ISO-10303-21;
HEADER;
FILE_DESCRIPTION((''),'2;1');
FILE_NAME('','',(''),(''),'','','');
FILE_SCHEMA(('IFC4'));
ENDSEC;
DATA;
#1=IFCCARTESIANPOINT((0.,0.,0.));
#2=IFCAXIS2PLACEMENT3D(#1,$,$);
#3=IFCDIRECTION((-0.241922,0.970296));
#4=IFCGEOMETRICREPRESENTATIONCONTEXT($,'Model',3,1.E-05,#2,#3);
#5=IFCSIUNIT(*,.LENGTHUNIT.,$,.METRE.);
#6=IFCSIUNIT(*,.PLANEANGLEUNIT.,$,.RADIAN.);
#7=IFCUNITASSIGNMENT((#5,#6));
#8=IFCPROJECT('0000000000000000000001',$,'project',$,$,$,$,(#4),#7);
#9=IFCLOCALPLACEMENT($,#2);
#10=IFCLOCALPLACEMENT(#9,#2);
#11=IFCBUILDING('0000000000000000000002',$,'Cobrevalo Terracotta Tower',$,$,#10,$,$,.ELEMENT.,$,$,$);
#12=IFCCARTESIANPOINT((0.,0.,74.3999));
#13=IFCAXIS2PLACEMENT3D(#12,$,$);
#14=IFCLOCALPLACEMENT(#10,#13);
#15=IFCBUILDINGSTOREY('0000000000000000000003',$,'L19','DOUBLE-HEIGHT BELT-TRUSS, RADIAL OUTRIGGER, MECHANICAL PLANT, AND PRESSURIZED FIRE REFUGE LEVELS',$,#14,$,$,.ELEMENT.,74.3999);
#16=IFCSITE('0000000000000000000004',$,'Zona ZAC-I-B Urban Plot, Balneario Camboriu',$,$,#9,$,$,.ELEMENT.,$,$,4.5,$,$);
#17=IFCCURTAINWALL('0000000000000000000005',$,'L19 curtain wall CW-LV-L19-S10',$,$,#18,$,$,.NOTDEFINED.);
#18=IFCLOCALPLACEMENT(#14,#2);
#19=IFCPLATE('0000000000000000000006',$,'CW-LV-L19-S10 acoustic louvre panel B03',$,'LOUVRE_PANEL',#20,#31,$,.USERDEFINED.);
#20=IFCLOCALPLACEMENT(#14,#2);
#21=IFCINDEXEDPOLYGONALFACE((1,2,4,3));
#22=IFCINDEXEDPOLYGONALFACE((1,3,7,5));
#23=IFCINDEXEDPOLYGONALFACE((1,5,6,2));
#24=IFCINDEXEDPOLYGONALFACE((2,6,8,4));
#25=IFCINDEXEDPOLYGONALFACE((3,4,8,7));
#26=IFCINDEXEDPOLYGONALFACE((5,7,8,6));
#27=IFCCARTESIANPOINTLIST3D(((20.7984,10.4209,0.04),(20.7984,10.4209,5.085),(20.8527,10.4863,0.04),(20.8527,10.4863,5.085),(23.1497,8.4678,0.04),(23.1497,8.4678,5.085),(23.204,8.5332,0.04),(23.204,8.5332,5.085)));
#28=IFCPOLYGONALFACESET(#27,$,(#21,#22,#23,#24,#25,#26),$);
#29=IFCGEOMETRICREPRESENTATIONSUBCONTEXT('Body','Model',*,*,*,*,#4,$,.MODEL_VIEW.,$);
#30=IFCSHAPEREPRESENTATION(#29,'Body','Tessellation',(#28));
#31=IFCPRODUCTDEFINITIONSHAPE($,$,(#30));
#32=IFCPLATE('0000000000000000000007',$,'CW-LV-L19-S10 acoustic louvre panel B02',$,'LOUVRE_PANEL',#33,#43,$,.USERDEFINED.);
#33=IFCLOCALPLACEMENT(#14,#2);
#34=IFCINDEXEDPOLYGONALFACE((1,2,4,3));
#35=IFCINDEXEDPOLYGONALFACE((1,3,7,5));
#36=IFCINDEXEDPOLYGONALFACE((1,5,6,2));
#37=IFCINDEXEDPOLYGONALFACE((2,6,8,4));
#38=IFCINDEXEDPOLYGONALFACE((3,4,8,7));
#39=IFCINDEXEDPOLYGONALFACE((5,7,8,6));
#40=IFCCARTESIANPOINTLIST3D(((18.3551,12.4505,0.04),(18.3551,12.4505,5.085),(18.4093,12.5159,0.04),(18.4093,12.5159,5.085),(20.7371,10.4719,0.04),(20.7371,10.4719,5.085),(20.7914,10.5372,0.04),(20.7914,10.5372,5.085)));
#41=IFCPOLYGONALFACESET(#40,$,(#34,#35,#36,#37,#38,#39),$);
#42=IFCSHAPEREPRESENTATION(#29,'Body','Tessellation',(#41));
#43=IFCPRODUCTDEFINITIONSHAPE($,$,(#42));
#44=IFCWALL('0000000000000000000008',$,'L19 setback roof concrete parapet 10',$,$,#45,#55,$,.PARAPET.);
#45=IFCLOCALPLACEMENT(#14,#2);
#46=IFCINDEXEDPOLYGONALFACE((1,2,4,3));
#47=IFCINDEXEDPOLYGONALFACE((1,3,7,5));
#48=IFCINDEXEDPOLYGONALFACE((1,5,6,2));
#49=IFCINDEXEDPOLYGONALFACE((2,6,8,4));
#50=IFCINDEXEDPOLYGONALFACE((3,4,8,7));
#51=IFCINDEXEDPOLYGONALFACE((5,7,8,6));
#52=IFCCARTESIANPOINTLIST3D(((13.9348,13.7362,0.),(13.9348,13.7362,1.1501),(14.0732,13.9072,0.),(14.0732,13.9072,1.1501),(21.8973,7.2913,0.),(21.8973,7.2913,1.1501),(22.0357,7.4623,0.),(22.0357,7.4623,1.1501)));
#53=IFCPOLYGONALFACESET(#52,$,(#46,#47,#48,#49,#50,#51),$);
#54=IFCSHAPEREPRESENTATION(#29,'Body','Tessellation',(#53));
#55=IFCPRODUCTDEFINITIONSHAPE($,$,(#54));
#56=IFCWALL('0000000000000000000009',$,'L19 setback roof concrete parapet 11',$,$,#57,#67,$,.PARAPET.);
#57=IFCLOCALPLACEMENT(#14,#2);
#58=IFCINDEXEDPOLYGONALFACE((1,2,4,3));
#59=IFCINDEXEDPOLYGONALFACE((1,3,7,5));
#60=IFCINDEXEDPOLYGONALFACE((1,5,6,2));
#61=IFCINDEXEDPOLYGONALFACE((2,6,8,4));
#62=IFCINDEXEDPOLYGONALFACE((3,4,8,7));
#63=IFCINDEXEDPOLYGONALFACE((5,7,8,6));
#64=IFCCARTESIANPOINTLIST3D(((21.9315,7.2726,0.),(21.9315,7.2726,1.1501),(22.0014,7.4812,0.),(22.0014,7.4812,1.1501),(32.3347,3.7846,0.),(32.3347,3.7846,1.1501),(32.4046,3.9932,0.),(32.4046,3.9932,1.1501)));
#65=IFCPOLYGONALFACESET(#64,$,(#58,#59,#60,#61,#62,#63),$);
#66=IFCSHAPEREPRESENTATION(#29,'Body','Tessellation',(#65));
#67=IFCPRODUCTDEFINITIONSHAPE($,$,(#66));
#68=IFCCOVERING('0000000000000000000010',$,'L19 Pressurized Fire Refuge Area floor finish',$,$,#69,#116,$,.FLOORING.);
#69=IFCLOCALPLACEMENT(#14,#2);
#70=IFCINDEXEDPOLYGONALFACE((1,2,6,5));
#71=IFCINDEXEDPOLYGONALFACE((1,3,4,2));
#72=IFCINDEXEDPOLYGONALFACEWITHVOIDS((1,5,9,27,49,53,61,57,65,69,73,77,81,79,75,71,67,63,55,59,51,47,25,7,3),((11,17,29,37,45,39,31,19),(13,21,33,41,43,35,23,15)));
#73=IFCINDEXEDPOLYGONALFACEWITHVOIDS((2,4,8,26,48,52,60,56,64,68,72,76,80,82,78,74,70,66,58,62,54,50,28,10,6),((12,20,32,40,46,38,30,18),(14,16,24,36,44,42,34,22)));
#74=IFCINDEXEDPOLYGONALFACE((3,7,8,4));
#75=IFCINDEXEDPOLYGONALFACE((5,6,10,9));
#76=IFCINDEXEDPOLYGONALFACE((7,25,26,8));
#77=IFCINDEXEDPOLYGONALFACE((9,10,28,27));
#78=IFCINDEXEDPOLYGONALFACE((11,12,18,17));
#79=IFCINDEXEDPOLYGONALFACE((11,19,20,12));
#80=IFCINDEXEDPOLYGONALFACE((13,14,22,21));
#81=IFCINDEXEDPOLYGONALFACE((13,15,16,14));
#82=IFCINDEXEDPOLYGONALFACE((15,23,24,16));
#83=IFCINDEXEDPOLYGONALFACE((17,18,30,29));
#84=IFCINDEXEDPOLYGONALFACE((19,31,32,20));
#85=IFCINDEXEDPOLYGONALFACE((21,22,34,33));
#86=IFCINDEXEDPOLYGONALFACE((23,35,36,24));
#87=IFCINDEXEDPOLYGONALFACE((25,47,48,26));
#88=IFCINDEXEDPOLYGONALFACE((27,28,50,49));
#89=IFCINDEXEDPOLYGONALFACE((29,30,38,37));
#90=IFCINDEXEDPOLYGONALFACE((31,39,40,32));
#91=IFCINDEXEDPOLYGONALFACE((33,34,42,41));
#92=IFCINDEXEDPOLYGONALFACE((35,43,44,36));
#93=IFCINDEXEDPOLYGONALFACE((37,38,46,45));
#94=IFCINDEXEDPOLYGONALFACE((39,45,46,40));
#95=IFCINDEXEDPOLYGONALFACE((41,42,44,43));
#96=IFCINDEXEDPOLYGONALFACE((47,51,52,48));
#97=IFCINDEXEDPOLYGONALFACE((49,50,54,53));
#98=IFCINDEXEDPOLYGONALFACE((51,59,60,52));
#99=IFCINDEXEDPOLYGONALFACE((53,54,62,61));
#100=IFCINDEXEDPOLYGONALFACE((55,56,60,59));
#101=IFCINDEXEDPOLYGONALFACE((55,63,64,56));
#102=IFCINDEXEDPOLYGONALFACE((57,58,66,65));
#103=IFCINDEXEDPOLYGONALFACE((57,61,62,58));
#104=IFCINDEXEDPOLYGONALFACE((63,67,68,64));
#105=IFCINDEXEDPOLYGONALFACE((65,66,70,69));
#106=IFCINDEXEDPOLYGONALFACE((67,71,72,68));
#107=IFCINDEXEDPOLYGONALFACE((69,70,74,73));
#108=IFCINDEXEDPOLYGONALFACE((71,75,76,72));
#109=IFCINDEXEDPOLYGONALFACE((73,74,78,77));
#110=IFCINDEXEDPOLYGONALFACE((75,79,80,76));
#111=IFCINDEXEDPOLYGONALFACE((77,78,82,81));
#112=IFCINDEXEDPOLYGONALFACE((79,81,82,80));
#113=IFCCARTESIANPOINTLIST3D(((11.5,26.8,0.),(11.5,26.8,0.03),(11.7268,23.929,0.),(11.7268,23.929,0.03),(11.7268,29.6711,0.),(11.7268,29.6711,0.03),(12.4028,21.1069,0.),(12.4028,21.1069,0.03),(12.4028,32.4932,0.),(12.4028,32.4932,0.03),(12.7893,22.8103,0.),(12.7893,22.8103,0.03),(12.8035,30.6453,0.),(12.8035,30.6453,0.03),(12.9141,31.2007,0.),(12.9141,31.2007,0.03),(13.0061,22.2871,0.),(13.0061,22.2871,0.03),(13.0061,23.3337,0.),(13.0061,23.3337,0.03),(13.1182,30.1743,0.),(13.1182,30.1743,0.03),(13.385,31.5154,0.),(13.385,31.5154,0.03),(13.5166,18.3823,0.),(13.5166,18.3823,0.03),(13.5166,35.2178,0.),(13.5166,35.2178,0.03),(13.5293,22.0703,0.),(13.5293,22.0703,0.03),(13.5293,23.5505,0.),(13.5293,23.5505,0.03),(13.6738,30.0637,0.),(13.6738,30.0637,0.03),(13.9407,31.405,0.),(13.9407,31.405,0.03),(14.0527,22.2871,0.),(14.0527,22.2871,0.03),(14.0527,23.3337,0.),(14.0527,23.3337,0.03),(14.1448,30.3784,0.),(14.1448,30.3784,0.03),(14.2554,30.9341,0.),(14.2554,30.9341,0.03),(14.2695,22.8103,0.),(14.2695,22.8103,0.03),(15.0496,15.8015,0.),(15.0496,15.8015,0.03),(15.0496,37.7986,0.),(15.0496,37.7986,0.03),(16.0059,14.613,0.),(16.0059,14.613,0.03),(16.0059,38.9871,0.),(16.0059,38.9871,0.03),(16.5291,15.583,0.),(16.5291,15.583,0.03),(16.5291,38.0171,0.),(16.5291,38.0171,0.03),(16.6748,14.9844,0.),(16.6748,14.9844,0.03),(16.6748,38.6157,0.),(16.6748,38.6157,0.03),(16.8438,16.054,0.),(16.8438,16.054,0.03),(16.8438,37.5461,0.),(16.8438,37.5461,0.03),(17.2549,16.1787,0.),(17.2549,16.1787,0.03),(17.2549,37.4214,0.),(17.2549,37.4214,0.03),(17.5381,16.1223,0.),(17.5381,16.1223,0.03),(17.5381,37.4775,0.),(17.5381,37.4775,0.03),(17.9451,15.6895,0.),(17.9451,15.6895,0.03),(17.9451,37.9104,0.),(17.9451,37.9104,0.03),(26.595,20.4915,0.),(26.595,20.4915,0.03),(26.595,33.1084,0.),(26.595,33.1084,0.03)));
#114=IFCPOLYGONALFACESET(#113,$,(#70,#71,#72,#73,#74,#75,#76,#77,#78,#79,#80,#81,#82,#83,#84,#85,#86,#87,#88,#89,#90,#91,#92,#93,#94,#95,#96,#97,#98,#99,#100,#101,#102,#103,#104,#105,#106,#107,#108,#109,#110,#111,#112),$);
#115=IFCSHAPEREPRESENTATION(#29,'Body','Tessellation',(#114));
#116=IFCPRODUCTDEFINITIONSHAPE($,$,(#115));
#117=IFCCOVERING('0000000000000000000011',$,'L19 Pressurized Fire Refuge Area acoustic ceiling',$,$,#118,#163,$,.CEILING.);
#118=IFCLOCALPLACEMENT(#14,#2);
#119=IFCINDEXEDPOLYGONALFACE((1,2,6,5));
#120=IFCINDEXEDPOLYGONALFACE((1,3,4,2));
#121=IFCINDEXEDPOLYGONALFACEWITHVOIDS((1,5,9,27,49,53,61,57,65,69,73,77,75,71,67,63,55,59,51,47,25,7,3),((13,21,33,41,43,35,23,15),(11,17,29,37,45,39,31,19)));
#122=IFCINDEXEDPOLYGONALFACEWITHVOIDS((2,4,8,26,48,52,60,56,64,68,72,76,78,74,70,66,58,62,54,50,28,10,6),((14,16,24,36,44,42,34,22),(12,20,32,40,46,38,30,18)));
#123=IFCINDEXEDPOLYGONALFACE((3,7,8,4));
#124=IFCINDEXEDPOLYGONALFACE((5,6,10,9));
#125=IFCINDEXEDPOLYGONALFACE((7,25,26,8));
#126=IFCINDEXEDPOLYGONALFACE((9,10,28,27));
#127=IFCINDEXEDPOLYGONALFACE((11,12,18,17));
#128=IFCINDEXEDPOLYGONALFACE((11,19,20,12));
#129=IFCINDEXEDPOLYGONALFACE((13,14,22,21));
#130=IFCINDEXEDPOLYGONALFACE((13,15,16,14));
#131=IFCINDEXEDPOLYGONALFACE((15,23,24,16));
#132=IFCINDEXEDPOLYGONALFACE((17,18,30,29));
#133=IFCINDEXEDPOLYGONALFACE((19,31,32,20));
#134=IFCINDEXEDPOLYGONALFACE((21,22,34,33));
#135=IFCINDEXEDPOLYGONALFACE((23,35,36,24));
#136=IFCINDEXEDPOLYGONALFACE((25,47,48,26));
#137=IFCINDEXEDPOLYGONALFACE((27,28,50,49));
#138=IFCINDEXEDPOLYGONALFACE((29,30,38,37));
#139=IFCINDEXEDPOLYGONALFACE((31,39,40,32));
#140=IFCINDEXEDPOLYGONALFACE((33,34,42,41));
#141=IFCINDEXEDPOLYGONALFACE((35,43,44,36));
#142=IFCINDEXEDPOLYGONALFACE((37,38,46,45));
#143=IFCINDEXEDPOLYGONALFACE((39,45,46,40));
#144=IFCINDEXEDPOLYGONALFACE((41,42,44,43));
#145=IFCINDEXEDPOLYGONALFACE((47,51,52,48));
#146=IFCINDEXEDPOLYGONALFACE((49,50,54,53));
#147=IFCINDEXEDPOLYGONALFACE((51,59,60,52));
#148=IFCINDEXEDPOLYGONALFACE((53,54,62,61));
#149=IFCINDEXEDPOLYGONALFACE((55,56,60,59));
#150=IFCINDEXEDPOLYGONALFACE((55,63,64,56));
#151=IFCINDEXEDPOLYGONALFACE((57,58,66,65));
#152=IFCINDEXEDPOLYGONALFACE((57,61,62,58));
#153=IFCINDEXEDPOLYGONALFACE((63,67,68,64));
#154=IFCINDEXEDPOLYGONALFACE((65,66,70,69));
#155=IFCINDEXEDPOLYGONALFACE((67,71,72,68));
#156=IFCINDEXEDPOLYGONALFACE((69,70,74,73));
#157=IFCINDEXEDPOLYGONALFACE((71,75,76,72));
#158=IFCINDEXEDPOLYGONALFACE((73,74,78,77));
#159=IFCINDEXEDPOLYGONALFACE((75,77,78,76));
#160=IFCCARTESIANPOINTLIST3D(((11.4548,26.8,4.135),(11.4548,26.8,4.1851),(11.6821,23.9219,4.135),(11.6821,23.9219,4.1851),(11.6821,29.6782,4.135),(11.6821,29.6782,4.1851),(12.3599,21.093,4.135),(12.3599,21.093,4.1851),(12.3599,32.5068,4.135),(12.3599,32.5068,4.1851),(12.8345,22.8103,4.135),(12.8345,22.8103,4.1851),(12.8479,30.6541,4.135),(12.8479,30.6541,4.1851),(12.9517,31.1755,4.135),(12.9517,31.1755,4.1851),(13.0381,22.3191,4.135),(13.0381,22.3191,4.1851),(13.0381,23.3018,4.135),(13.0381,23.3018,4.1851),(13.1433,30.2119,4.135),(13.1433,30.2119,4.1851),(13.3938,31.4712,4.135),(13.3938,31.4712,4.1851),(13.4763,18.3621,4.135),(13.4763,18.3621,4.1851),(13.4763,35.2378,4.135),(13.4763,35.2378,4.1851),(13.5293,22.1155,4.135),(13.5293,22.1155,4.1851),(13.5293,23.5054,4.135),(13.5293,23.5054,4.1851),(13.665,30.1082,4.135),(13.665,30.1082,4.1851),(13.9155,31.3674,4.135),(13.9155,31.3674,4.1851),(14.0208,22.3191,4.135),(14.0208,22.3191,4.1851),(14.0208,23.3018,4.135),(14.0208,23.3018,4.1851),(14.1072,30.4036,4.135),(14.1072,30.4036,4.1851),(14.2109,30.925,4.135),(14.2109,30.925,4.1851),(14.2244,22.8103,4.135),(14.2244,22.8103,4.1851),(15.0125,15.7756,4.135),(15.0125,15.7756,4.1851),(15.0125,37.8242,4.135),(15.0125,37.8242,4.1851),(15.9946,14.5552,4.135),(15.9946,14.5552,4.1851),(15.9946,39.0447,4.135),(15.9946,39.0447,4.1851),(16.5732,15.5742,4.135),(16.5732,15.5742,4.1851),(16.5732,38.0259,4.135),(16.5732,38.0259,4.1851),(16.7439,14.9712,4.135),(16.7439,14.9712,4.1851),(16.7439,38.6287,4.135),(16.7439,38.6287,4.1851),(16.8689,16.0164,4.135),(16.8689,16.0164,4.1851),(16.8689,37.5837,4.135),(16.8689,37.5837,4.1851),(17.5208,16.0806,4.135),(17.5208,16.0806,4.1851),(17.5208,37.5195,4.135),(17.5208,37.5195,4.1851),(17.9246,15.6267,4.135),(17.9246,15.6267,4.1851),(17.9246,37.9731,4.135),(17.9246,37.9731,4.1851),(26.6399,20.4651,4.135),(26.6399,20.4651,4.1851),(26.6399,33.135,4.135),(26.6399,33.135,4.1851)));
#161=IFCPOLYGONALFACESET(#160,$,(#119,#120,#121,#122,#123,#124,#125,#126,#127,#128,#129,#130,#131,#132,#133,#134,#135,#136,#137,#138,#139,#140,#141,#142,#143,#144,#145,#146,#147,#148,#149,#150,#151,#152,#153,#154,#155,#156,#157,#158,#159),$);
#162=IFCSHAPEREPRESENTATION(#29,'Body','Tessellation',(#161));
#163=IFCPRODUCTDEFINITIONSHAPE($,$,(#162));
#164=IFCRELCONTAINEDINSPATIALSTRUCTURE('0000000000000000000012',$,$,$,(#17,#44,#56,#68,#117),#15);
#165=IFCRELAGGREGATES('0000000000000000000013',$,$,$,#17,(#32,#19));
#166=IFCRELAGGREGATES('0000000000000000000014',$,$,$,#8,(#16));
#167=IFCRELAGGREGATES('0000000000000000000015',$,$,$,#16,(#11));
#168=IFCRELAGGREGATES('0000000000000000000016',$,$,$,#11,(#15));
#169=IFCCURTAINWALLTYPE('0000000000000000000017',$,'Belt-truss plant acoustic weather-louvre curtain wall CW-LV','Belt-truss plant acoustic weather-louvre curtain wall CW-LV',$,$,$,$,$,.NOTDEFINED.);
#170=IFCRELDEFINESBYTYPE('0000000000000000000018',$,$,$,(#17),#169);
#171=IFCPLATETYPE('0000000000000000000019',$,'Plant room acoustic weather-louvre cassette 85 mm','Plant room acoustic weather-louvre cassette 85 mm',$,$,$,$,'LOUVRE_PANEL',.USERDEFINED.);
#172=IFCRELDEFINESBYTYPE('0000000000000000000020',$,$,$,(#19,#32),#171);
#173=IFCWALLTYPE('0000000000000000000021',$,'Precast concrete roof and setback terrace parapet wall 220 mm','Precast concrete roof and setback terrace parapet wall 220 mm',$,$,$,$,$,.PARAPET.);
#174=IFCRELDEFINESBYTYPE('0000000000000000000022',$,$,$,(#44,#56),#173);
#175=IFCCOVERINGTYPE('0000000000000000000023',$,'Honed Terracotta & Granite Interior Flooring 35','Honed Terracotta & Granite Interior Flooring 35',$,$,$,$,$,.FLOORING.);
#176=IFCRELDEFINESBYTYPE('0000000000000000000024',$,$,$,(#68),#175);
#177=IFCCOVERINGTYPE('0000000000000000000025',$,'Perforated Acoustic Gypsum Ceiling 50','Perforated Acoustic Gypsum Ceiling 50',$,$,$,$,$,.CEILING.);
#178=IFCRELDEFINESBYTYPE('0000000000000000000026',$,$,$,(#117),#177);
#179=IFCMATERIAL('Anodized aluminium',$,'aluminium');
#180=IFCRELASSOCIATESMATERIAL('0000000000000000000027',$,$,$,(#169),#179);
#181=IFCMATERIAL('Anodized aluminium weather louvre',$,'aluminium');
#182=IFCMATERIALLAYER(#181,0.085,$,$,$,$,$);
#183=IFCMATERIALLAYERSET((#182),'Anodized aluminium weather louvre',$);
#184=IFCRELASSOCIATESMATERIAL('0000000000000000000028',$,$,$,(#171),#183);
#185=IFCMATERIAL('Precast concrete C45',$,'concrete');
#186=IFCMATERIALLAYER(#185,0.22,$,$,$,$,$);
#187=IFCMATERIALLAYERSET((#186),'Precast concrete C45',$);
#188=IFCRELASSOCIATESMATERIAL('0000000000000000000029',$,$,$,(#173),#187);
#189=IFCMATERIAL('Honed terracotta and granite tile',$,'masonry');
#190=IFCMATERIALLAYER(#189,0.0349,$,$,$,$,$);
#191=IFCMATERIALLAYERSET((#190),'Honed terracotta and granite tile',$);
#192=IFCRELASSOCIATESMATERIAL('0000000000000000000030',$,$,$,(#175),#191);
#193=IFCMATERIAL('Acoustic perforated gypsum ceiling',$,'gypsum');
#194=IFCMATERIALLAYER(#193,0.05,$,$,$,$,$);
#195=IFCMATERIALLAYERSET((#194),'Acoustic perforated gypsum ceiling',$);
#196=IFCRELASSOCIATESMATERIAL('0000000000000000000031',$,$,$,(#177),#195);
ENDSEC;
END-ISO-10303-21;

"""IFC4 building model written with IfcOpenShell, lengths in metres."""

from ifc_helpers import new_model, si_unit, direction, frame, frame_2d, origin, origin_2d, place, context, subcontext, project, spatial, polyline, rectangle, outline, extrude, source, transform, mapped, material, layer, layer_set, type_object, element, aggregate, save


model = new_model("IFC4")

# Units and contexts
model_context = context("Model", 3, precision=1e-05, world=origin(), true_north=direction((-0.241922, 0.970296)))
body_context = subcontext(model_context, "Body", "Model", "MODEL_VIEW")
ifc_project = project(units=[si_unit("LENGTHUNIT", "METRE"), si_unit("PLANEANGLEUNIT", "RADIAN")], contexts=[model_context])

# Site, building, storey
site_placement = place(None, origin())
site = spatial("IfcSite", under=ifc_project, at=site_placement, Name="Zona ZAC-I-B Urban Plot, Balneario Camboriu", CompositionType="ELEMENT", RefElevation=4.5)
building_placement = place(site_placement, origin())
building = spatial("IfcBuilding", under=site, at=building_placement, Name="Cobrevalo Terracotta Tower", CompositionType="ELEMENT")
storey_placement = place(building_placement, frame((0.0, 0.0, 74.3999)))
storey = spatial("IfcBuildingStorey", under=building, at=storey_placement, Name="L19", Description="DOUBLE-HEIGHT BELT-TRUSS, RADIAL OUTRIGGER, MECHANICAL PLANT, AND PRESSURIZED FIRE REFUGE LEVELS", CompositionType="ELEMENT", Elevation=74.3999)

# Shared definitions
ifc_material_1 = material(Name="Anodized aluminium", Category="aluminium")
curtain_wall_type = type_object("IfcCurtainWallType", Name="Belt-truss plant acoustic weather-louvre curtain wall CW-LV", Description="Belt-truss plant acoustic weather-louvre curtain wall CW-LV", PredefinedType="NOTDEFINED", material=ifc_material_1)

# Curtain wall
curtain_wall_1_placement = place(storey_placement, origin())
curtain_wall_1 = element("IfcCurtainWall", 1, at=curtain_wall_1_placement, inside=storey, type_object=curtain_wall_type, Name="L19 curtain wall CW-LV-L19-S10", PredefinedType="NOTDEFINED")

# Plates
ifc_material_2 = material(Name="Anodized aluminium weather louvre", Category="aluminium")
ifc_layer_1 = layer(ifc_material_2, 0.085)
ifc_layer_set_1 = layer_set([ifc_layer_1], Name="Anodized aluminium weather louvre")
plate_type_1 = type_object("IfcPlateType", Name="Plant room acoustic weather-louvre cassette 85 mm", Description="Plant room acoustic weather-louvre cassette 85 mm", ElementType="LOUVRE_PANEL", PredefinedType="USERDEFINED", material=ifc_layer_set_1)
shared_shape_1 = source(origin(), body_context, "Body", "SweptSolid", [
    extrude(rectangle(XDim=3.0566, YDim=0.085, at=origin_2d()), origin(), (0.0, 0.0, 1.0), 5.0449),
])
plate_1_placement = place(storey_placement, frame((22.0012, 9.4771, 0.04), z_axis=(0.0, 0.0, 1.0), x_axis=(0.769241, -0.638958, 0.0)))
plate_1 = element("IfcPlate", 2, at=plate_1_placement, type_object=plate_type_1, Name="CW-LV-L19-S10 acoustic louvre panel B03", ObjectType="LOUVRE_PANEL", PredefinedType="USERDEFINED", context=body_context, shape_type="MappedRepresentation", body=[
    mapped(shared_shape_1, transform((0.0, 0.0, 0.0), scale=1.0)),
])
shared_shape_2 = source(origin(), body_context, "Body", "SweptSolid", [
    extrude(rectangle(XDim=3.0967, YDim=0.085, at=origin_2d()), origin(), (0.0, 0.0, 1.0), 5.0449),
])
plate_2_placement = place(storey_placement, frame((19.5732, 11.4939, 0.04), z_axis=(0.0, 0.0, 1.0), x_axis=(0.769241, -0.638958, 0.0)))
plate_2 = element("IfcPlate", 3, at=plate_2_placement, type_object=plate_type_1, Name="CW-LV-L19-S10 acoustic louvre panel B02", ObjectType="LOUVRE_PANEL", PredefinedType="USERDEFINED", context=body_context, shape_type="MappedRepresentation", body=[
    mapped(shared_shape_2, transform((0.0, 0.0, 0.0), scale=1.0)),
])
aggregate(curtain_wall_1, [plate_2, plate_1])

# Walls
ifc_material_3 = material(Name="Precast concrete C45", Category="concrete")
ifc_layer_2 = layer(ifc_material_3, 0.22)
ifc_layer_set_2 = layer_set([ifc_layer_2], Name="Precast concrete C45")
wall_type = type_object("IfcWallType", Name="Precast concrete roof and setback terrace parapet wall 220 mm", Description="Precast concrete roof and setback terrace parapet wall 220 mm", PredefinedType="PARAPET", material=ifc_layer_set_2)
wall_1_placement = place(storey_placement, frame((14.0039, 13.8218, 0.0), z_axis=(0.0, 0.0, 1.0), x_axis=(0.777289, -0.629143, 0.0)))
element("IfcWall", 4, at=wall_1_placement, inside=storey, type_object=wall_type, Name="L19 setback roof concrete parapet 10", PredefinedType="PARAPET", context=body_context, shape_type="SweptSolid", body=[
    extrude(rectangle(XDim=10.2439, YDim=0.22, at=frame_2d((5.1221, 0.0))), origin(), (0.0, 0.0, 1.0), 1.1501),
])
wall_2_placement = place(storey_placement, frame((21.9663, 7.377, 0.0), z_axis=(0.0, 0.0, 1.0), x_axis=(0.948128, -0.317889, 0.0)))
element("IfcWall", 5, at=wall_2_placement, inside=storey, type_object=wall_type, Name="L19 setback roof concrete parapet 11", PredefinedType="PARAPET", context=body_context, shape_type="SweptSolid", body=[
    extrude(rectangle(XDim=10.9724, YDim=0.22, at=frame_2d((5.4863, 0.0))), origin(), (0.0, 0.0, 1.0), 1.1501),
])

# Coverings
ifc_material_4 = material(Name="Honed terracotta and granite tile", Category="masonry")
ifc_layer_3 = layer(ifc_material_4, 0.0349)
ifc_layer_set_3 = layer_set([ifc_layer_3], Name="Honed terracotta and granite tile")
covering_type_1 = type_object("IfcCoveringType", Name="Honed Terracotta & Granite Interior Flooring 35", Description="Honed Terracotta & Granite Interior Flooring 35", PredefinedType="FLOORING", material=ifc_layer_set_3)
covering_1_placement = place(storey_placement, origin())
element("IfcCovering", 6, at=covering_1_placement, inside=storey, type_object=covering_type_1, Name="L19 Pressurized Fire Refuge Area floor finish", PredefinedType="FLOORING", context=body_context, shape_type="SweptSolid", body=[
    extrude(outline(polyline([(13.5166, 18.3823), (12.4028, 21.1069), (11.7268, 23.929), (11.5, 26.8), (11.7268, 29.6711), (12.4028, 32.4932), (13.5166, 35.2178), (15.0496, 37.7986), (16.0059, 38.9871), (16.6748, 38.6157), (16.5291, 38.0171), (16.8438, 37.5461), (17.2549, 37.4214), (17.5381, 37.4775), (17.9451, 37.9104), (26.595, 33.1084), (26.595, 20.4915), (17.9451, 15.6895), (17.5381, 16.1223), (17.2549, 16.1787), (16.8438, 16.054), (16.5291, 15.583), (16.6748, 14.9844), (16.0059, 14.613), (15.0496, 15.8015), (13.5166, 18.3823)]), holes=[polyline([(14.0527, 22.2871), (14.2695, 22.8103), (14.0527, 23.3337), (13.5293, 23.5505), (13.0061, 23.3337), (12.7893, 22.8103), (13.0061, 22.2871), (13.5293, 22.0703), (14.0527, 22.2871)]), polyline([(14.1448, 30.3784), (14.2554, 30.9341), (13.9407, 31.405), (13.385, 31.5154), (12.9141, 31.2007), (12.8035, 30.6453), (13.1182, 30.1743), (13.6738, 30.0637), (14.1448, 30.3784)])]), origin(), (0.0, 0.0, 1.0), 0.03),
])
ifc_material_5 = material(Name="Acoustic perforated gypsum ceiling", Category="gypsum")
ifc_layer_4 = layer(ifc_material_5, 0.05)
ifc_layer_set_4 = layer_set([ifc_layer_4], Name="Acoustic perforated gypsum ceiling")
covering_type_2 = type_object("IfcCoveringType", Name="Perforated Acoustic Gypsum Ceiling 50", Description="Perforated Acoustic Gypsum Ceiling 50", PredefinedType="CEILING", material=ifc_layer_set_4)
covering_2_placement = place(storey_placement, frame((0.0, 0.0, 4.135)))
element("IfcCovering", 7, at=covering_2_placement, inside=storey, type_object=covering_type_2, Name="L19 Pressurized Fire Refuge Area acoustic ceiling", PredefinedType="CEILING", context=body_context, shape_type="SweptSolid", body=[
    extrude(outline(polyline([(13.4763, 18.3621), (12.3599, 21.093), (11.6821, 23.9219), (11.4548, 26.8), (11.6821, 29.6782), (12.3599, 32.5068), (13.4763, 35.2378), (15.0125, 37.8242), (15.9946, 39.0447), (16.7439, 38.6287), (16.5732, 38.0259), (16.8689, 37.5837), (17.5208, 37.5195), (17.9246, 37.9731), (26.6399, 33.135), (26.6399, 20.4651), (17.9246, 15.6267), (17.5208, 16.0806), (16.8689, 16.0164), (16.5732, 15.5742), (16.7439, 14.9712), (15.9946, 14.5552), (15.0125, 15.7756), (13.4763, 18.3621)]), holes=[polyline([(14.0208, 22.3191), (14.2244, 22.8103), (14.0208, 23.3018), (13.5293, 23.5054), (13.0381, 23.3018), (12.8345, 22.8103), (13.0381, 22.3191), (13.5293, 22.1155), (14.0208, 22.3191)]), polyline([(14.1072, 30.4036), (14.2109, 30.925), (13.9155, 31.3674), (13.3938, 31.4712), (12.9517, 31.1755), (12.8479, 30.6541), (13.1433, 30.2119), (13.665, 30.1082), (14.1072, 30.4036)])]), origin(), (0.0, 0.0, 1.0), 0.05),
])

save(model, "model.ifc")
